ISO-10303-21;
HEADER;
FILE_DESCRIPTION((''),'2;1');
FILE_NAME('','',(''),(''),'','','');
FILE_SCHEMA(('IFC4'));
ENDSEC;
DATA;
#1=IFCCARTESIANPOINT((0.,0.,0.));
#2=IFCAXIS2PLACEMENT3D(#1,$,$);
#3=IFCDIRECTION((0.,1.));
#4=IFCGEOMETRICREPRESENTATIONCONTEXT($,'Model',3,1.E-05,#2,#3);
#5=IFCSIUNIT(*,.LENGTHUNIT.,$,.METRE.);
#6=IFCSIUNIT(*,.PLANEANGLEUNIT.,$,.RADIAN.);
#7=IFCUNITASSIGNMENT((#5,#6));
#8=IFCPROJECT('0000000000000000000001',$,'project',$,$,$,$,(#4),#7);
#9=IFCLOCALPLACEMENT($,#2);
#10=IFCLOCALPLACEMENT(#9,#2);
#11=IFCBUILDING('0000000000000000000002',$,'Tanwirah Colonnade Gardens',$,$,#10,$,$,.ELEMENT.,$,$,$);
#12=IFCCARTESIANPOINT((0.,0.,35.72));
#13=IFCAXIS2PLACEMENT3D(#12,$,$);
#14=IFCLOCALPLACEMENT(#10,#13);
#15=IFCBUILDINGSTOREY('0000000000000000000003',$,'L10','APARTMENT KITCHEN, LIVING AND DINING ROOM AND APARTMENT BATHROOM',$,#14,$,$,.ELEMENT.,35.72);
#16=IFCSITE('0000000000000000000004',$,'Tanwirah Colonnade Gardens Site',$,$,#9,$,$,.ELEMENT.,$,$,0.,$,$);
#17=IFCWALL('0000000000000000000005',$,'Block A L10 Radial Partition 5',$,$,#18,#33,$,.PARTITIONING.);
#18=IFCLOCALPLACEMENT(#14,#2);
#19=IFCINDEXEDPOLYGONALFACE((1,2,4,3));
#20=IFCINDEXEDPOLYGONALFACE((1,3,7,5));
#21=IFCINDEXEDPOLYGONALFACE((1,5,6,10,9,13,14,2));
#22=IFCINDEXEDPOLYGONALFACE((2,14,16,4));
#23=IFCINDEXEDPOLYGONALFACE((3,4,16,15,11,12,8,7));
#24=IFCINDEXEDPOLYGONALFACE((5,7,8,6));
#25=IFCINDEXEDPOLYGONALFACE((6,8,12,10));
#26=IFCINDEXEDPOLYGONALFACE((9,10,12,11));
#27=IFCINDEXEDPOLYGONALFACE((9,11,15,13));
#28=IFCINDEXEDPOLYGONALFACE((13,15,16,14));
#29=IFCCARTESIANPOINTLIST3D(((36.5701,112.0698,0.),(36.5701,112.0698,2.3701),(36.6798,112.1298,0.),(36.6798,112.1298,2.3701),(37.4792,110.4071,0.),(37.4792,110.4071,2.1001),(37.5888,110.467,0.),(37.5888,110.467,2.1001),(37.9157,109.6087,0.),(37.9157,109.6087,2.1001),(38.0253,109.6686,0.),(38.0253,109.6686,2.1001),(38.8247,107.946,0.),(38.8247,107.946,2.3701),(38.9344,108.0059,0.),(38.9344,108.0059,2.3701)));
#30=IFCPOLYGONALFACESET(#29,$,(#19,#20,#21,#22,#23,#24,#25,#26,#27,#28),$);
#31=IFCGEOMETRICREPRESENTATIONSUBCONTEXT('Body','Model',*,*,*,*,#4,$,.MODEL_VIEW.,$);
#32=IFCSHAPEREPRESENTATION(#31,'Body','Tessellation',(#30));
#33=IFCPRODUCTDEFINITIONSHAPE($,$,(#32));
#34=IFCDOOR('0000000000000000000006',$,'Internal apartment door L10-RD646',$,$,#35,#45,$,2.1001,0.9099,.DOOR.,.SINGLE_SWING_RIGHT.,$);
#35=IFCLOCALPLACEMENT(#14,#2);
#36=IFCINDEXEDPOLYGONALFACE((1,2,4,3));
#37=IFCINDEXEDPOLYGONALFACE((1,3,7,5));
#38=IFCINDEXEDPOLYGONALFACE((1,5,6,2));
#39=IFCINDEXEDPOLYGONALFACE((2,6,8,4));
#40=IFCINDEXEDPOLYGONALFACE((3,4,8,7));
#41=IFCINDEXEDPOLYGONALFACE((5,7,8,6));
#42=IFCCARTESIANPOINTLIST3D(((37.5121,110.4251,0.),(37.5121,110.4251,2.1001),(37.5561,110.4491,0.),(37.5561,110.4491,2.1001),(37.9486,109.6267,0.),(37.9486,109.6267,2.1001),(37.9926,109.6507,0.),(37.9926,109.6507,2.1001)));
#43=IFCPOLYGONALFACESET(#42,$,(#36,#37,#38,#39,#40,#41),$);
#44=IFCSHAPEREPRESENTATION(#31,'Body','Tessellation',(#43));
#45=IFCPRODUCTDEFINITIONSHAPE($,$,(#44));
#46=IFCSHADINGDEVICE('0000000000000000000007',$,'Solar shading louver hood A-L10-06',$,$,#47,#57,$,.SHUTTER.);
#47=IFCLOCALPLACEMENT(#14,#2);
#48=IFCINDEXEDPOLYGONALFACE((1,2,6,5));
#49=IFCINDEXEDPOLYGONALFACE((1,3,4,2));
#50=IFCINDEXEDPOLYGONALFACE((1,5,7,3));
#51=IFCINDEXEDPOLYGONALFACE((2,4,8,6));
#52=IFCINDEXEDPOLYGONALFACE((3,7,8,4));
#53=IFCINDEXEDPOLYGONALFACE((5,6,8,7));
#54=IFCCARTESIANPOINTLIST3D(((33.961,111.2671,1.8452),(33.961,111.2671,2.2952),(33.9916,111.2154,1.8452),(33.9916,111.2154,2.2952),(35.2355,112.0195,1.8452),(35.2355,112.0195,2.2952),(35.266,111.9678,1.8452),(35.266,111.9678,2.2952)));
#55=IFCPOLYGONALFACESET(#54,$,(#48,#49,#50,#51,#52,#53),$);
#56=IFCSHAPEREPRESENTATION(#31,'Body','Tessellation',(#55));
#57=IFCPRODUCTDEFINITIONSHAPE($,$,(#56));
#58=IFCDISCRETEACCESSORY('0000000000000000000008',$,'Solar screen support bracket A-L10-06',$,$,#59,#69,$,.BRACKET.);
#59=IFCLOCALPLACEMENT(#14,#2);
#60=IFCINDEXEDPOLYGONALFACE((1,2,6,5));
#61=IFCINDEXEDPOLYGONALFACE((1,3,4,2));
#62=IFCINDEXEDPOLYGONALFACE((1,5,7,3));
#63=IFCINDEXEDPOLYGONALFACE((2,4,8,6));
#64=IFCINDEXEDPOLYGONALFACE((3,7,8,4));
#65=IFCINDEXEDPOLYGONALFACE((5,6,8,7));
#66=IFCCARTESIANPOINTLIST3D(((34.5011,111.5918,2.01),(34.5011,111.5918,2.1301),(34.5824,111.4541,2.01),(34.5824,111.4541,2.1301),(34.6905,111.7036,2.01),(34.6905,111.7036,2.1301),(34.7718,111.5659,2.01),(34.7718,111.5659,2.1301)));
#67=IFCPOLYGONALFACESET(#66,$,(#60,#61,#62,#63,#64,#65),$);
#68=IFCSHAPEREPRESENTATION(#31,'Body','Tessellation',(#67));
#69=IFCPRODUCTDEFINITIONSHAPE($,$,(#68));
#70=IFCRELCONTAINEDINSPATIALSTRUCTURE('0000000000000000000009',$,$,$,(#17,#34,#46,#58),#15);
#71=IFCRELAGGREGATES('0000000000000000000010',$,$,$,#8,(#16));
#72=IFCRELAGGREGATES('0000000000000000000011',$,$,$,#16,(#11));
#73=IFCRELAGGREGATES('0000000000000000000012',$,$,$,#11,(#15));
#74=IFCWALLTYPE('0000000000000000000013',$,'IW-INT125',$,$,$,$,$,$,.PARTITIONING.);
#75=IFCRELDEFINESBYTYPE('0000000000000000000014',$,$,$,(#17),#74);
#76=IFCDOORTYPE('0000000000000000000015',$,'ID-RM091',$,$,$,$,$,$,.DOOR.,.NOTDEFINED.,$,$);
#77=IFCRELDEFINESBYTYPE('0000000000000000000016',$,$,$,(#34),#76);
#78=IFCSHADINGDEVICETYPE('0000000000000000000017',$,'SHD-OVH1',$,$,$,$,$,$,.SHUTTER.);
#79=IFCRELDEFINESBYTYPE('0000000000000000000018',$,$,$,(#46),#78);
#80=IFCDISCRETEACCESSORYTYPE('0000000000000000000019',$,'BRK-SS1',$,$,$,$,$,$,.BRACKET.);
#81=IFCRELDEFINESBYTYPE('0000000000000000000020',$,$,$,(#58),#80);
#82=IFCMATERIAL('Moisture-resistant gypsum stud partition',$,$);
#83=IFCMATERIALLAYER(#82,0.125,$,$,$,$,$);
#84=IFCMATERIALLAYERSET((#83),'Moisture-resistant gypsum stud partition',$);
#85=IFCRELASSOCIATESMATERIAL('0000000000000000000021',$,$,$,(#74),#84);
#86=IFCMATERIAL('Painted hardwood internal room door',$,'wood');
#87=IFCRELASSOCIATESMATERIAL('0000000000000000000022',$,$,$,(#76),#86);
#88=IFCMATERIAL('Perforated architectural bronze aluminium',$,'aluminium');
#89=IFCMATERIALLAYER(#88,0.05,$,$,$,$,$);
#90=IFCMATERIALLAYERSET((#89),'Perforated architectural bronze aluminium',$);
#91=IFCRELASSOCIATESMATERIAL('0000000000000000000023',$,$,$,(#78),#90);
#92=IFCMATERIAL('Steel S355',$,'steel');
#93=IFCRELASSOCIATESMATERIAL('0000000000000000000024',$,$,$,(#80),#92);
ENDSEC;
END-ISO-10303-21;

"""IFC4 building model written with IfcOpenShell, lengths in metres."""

from ifc_helpers import new_model, si_unit, direction, frame, frame_2d, origin, origin_2d, place, context, subcontext, project, spatial, rectangle, extrude, material, layer, layer_set, type_object, element, fill, save


model = new_model("IFC4")

# Units and contexts
model_context = context("Model", 3, precision=1e-05, world=origin(), true_north=direction((0.0, 1.0)))
body_context = subcontext(model_context, "Body", "Model", "MODEL_VIEW")
ifc_project = project(units=[si_unit("LENGTHUNIT", "METRE"), si_unit("PLANEANGLEUNIT", "RADIAN")], contexts=[model_context])

# Site, building, storey
site_placement = place(None, origin())
site = spatial("IfcSite", under=ifc_project, at=site_placement, Name="Tanwirah Colonnade Gardens Site", CompositionType="ELEMENT", RefElevation=0.0)
building_placement = place(site_placement, origin())
building = spatial("IfcBuilding", under=site, at=building_placement, Name="Tanwirah Colonnade Gardens", CompositionType="ELEMENT")
storey_placement = place(building_placement, frame((0.0, 0.0, 35.72)))
storey = spatial("IfcBuildingStorey", under=building, at=storey_placement, Name="L10", Description="APARTMENT KITCHEN, LIVING AND DINING ROOM AND APARTMENT BATHROOM", CompositionType="ELEMENT", Elevation=35.72)

# Wall, opening, door
ifc_material_1 = material(Name="Moisture-resistant gypsum stud partition")
ifc_layer_1 = layer(ifc_material_1, 0.125)
ifc_layer_set_1 = layer_set([ifc_layer_1], Name="Moisture-resistant gypsum stud partition")
wall_type_1 = type_object("IfcWallType", Name="IW-INT125", PredefinedType="PARTITIONING", material=ifc_layer_set_1)
wall_1_placement = place(storey_placement, frame((38.8796, 107.9758, 0.0), z_axis=(0.0, 0.0, 1.0), x_axis=(-0.479722, 0.877421, 0.0)))
wall_1 = element("IfcWall", 1, at=wall_1_placement, inside=storey, type_object=wall_type_1, Name="Block A L10 Radial Partition 5", PredefinedType="PARTITIONING", context=body_context, shape_type="SweptSolid", body=[
    extrude(rectangle(XDim=4.7, YDim=0.125, at=frame_2d((2.3501, 0.0))), origin(), (0.0, 0.0, 1.0), 2.3701),
])
opening_1_placement = place(wall_1_placement, frame((1.895, 0.0, 0.0)))
opening_1 = element("IfcOpeningElement", 2, at=opening_1_placement, cuts=wall_1, PredefinedType="OPENING", context=body_context, shape_type="SweptSolid", body=[
    extrude(rectangle(XDim=0.9099, YDim=2.1001, at=frame_2d((0.4551, 1.05))), frame((0.0, 0.0725, 0.0), z_axis=(0.0, -1.0, 0.0), x_axis=(1.0, 0.0, 0.0)), (0.0, 0.0, 1.0), 0.145),
])
ifc_material_2 = material(Name="Painted hardwood internal room door", Category="wood")
door_type_1 = type_object("IfcDoorType", Name="ID-RM091", OperationType="NOTDEFINED", PredefinedType="DOOR", material=ifc_material_2)
door_1_placement = place(opening_1_placement, origin())
door_1 = element("IfcDoor", 3, at=door_1_placement, inside=storey, type_object=door_type_1, Name="Internal apartment door L10-RD646", OperationType="SINGLE_SWING_RIGHT", OverallHeight=2.1001, OverallWidth=0.9099, PredefinedType="DOOR", context=body_context, shape_type="SweptSolid", body=[
    extrude(rectangle(XDim=0.9099, YDim=2.1001, at=frame_2d((0.4551, 1.05))), frame((0.0, 0.0249, 0.0), z_axis=(0.0, -1.0, 0.0), x_axis=(1.0, 0.0, 0.0)), (0.0, 0.0, 1.0), 0.05),
])
fill(opening_1, door_1)

# Shading device
ifc_material_3 = material(Name="Perforated architectural bronze aluminium", Category="aluminium")
ifc_layer_2 = layer(ifc_material_3, 0.05)
ifc_layer_set_2 = layer_set([ifc_layer_2], Name="Perforated architectural bronze aluminium")
shading_device_type = type_object("IfcShadingDeviceType", Name="SHD-OVH1", PredefinedType="SHUTTER", material=ifc_layer_set_2)
shading_device_placement = place(storey_placement, frame((34.6135, 111.6174, 1.8452), z_axis=(0.0, 0.0, 1.0), x_axis=(-0.861136, -0.508375, 0.0)))
element("IfcShadingDevice", 4, at=shading_device_placement, inside=storey, type_object=shading_device_type, Name="Solar shading louver hood A-L10-06", PredefinedType="SHUTTER", context=body_context, shape_type="SweptSolid", body=[
    extrude(rectangle(XDim=1.48, YDim=0.0601, at=origin_2d()), origin(), (0.0, 0.0, 1.0), 0.45),
])

# Discrete accessory
ifc_material_4 = material(Name="Steel S355", Category="steel")
discrete_accessory_type = type_object("IfcDiscreteAccessoryType", Name="BRK-SS1", PredefinedType="BRACKET", material=ifc_material_4)
discrete_accessory_placement = place(storey_placement, frame((34.6365, 111.5789, 2.01), z_axis=(0.0, 0.0, 1.0), x_axis=(-0.861136, -0.508375, 0.0)))
element("IfcDiscreteAccessory", 5, at=discrete_accessory_placement, inside=storey, type_object=discrete_accessory_type, Name="Solar screen support bracket A-L10-06", PredefinedType="BRACKET", context=body_context, shape_type="SweptSolid", body=[
    extrude(rectangle(XDim=0.22, YDim=0.1599, at=origin_2d()), origin(), (0.0, 0.0, 1.0), 0.1201),
])

save(model, "model.ifc")
